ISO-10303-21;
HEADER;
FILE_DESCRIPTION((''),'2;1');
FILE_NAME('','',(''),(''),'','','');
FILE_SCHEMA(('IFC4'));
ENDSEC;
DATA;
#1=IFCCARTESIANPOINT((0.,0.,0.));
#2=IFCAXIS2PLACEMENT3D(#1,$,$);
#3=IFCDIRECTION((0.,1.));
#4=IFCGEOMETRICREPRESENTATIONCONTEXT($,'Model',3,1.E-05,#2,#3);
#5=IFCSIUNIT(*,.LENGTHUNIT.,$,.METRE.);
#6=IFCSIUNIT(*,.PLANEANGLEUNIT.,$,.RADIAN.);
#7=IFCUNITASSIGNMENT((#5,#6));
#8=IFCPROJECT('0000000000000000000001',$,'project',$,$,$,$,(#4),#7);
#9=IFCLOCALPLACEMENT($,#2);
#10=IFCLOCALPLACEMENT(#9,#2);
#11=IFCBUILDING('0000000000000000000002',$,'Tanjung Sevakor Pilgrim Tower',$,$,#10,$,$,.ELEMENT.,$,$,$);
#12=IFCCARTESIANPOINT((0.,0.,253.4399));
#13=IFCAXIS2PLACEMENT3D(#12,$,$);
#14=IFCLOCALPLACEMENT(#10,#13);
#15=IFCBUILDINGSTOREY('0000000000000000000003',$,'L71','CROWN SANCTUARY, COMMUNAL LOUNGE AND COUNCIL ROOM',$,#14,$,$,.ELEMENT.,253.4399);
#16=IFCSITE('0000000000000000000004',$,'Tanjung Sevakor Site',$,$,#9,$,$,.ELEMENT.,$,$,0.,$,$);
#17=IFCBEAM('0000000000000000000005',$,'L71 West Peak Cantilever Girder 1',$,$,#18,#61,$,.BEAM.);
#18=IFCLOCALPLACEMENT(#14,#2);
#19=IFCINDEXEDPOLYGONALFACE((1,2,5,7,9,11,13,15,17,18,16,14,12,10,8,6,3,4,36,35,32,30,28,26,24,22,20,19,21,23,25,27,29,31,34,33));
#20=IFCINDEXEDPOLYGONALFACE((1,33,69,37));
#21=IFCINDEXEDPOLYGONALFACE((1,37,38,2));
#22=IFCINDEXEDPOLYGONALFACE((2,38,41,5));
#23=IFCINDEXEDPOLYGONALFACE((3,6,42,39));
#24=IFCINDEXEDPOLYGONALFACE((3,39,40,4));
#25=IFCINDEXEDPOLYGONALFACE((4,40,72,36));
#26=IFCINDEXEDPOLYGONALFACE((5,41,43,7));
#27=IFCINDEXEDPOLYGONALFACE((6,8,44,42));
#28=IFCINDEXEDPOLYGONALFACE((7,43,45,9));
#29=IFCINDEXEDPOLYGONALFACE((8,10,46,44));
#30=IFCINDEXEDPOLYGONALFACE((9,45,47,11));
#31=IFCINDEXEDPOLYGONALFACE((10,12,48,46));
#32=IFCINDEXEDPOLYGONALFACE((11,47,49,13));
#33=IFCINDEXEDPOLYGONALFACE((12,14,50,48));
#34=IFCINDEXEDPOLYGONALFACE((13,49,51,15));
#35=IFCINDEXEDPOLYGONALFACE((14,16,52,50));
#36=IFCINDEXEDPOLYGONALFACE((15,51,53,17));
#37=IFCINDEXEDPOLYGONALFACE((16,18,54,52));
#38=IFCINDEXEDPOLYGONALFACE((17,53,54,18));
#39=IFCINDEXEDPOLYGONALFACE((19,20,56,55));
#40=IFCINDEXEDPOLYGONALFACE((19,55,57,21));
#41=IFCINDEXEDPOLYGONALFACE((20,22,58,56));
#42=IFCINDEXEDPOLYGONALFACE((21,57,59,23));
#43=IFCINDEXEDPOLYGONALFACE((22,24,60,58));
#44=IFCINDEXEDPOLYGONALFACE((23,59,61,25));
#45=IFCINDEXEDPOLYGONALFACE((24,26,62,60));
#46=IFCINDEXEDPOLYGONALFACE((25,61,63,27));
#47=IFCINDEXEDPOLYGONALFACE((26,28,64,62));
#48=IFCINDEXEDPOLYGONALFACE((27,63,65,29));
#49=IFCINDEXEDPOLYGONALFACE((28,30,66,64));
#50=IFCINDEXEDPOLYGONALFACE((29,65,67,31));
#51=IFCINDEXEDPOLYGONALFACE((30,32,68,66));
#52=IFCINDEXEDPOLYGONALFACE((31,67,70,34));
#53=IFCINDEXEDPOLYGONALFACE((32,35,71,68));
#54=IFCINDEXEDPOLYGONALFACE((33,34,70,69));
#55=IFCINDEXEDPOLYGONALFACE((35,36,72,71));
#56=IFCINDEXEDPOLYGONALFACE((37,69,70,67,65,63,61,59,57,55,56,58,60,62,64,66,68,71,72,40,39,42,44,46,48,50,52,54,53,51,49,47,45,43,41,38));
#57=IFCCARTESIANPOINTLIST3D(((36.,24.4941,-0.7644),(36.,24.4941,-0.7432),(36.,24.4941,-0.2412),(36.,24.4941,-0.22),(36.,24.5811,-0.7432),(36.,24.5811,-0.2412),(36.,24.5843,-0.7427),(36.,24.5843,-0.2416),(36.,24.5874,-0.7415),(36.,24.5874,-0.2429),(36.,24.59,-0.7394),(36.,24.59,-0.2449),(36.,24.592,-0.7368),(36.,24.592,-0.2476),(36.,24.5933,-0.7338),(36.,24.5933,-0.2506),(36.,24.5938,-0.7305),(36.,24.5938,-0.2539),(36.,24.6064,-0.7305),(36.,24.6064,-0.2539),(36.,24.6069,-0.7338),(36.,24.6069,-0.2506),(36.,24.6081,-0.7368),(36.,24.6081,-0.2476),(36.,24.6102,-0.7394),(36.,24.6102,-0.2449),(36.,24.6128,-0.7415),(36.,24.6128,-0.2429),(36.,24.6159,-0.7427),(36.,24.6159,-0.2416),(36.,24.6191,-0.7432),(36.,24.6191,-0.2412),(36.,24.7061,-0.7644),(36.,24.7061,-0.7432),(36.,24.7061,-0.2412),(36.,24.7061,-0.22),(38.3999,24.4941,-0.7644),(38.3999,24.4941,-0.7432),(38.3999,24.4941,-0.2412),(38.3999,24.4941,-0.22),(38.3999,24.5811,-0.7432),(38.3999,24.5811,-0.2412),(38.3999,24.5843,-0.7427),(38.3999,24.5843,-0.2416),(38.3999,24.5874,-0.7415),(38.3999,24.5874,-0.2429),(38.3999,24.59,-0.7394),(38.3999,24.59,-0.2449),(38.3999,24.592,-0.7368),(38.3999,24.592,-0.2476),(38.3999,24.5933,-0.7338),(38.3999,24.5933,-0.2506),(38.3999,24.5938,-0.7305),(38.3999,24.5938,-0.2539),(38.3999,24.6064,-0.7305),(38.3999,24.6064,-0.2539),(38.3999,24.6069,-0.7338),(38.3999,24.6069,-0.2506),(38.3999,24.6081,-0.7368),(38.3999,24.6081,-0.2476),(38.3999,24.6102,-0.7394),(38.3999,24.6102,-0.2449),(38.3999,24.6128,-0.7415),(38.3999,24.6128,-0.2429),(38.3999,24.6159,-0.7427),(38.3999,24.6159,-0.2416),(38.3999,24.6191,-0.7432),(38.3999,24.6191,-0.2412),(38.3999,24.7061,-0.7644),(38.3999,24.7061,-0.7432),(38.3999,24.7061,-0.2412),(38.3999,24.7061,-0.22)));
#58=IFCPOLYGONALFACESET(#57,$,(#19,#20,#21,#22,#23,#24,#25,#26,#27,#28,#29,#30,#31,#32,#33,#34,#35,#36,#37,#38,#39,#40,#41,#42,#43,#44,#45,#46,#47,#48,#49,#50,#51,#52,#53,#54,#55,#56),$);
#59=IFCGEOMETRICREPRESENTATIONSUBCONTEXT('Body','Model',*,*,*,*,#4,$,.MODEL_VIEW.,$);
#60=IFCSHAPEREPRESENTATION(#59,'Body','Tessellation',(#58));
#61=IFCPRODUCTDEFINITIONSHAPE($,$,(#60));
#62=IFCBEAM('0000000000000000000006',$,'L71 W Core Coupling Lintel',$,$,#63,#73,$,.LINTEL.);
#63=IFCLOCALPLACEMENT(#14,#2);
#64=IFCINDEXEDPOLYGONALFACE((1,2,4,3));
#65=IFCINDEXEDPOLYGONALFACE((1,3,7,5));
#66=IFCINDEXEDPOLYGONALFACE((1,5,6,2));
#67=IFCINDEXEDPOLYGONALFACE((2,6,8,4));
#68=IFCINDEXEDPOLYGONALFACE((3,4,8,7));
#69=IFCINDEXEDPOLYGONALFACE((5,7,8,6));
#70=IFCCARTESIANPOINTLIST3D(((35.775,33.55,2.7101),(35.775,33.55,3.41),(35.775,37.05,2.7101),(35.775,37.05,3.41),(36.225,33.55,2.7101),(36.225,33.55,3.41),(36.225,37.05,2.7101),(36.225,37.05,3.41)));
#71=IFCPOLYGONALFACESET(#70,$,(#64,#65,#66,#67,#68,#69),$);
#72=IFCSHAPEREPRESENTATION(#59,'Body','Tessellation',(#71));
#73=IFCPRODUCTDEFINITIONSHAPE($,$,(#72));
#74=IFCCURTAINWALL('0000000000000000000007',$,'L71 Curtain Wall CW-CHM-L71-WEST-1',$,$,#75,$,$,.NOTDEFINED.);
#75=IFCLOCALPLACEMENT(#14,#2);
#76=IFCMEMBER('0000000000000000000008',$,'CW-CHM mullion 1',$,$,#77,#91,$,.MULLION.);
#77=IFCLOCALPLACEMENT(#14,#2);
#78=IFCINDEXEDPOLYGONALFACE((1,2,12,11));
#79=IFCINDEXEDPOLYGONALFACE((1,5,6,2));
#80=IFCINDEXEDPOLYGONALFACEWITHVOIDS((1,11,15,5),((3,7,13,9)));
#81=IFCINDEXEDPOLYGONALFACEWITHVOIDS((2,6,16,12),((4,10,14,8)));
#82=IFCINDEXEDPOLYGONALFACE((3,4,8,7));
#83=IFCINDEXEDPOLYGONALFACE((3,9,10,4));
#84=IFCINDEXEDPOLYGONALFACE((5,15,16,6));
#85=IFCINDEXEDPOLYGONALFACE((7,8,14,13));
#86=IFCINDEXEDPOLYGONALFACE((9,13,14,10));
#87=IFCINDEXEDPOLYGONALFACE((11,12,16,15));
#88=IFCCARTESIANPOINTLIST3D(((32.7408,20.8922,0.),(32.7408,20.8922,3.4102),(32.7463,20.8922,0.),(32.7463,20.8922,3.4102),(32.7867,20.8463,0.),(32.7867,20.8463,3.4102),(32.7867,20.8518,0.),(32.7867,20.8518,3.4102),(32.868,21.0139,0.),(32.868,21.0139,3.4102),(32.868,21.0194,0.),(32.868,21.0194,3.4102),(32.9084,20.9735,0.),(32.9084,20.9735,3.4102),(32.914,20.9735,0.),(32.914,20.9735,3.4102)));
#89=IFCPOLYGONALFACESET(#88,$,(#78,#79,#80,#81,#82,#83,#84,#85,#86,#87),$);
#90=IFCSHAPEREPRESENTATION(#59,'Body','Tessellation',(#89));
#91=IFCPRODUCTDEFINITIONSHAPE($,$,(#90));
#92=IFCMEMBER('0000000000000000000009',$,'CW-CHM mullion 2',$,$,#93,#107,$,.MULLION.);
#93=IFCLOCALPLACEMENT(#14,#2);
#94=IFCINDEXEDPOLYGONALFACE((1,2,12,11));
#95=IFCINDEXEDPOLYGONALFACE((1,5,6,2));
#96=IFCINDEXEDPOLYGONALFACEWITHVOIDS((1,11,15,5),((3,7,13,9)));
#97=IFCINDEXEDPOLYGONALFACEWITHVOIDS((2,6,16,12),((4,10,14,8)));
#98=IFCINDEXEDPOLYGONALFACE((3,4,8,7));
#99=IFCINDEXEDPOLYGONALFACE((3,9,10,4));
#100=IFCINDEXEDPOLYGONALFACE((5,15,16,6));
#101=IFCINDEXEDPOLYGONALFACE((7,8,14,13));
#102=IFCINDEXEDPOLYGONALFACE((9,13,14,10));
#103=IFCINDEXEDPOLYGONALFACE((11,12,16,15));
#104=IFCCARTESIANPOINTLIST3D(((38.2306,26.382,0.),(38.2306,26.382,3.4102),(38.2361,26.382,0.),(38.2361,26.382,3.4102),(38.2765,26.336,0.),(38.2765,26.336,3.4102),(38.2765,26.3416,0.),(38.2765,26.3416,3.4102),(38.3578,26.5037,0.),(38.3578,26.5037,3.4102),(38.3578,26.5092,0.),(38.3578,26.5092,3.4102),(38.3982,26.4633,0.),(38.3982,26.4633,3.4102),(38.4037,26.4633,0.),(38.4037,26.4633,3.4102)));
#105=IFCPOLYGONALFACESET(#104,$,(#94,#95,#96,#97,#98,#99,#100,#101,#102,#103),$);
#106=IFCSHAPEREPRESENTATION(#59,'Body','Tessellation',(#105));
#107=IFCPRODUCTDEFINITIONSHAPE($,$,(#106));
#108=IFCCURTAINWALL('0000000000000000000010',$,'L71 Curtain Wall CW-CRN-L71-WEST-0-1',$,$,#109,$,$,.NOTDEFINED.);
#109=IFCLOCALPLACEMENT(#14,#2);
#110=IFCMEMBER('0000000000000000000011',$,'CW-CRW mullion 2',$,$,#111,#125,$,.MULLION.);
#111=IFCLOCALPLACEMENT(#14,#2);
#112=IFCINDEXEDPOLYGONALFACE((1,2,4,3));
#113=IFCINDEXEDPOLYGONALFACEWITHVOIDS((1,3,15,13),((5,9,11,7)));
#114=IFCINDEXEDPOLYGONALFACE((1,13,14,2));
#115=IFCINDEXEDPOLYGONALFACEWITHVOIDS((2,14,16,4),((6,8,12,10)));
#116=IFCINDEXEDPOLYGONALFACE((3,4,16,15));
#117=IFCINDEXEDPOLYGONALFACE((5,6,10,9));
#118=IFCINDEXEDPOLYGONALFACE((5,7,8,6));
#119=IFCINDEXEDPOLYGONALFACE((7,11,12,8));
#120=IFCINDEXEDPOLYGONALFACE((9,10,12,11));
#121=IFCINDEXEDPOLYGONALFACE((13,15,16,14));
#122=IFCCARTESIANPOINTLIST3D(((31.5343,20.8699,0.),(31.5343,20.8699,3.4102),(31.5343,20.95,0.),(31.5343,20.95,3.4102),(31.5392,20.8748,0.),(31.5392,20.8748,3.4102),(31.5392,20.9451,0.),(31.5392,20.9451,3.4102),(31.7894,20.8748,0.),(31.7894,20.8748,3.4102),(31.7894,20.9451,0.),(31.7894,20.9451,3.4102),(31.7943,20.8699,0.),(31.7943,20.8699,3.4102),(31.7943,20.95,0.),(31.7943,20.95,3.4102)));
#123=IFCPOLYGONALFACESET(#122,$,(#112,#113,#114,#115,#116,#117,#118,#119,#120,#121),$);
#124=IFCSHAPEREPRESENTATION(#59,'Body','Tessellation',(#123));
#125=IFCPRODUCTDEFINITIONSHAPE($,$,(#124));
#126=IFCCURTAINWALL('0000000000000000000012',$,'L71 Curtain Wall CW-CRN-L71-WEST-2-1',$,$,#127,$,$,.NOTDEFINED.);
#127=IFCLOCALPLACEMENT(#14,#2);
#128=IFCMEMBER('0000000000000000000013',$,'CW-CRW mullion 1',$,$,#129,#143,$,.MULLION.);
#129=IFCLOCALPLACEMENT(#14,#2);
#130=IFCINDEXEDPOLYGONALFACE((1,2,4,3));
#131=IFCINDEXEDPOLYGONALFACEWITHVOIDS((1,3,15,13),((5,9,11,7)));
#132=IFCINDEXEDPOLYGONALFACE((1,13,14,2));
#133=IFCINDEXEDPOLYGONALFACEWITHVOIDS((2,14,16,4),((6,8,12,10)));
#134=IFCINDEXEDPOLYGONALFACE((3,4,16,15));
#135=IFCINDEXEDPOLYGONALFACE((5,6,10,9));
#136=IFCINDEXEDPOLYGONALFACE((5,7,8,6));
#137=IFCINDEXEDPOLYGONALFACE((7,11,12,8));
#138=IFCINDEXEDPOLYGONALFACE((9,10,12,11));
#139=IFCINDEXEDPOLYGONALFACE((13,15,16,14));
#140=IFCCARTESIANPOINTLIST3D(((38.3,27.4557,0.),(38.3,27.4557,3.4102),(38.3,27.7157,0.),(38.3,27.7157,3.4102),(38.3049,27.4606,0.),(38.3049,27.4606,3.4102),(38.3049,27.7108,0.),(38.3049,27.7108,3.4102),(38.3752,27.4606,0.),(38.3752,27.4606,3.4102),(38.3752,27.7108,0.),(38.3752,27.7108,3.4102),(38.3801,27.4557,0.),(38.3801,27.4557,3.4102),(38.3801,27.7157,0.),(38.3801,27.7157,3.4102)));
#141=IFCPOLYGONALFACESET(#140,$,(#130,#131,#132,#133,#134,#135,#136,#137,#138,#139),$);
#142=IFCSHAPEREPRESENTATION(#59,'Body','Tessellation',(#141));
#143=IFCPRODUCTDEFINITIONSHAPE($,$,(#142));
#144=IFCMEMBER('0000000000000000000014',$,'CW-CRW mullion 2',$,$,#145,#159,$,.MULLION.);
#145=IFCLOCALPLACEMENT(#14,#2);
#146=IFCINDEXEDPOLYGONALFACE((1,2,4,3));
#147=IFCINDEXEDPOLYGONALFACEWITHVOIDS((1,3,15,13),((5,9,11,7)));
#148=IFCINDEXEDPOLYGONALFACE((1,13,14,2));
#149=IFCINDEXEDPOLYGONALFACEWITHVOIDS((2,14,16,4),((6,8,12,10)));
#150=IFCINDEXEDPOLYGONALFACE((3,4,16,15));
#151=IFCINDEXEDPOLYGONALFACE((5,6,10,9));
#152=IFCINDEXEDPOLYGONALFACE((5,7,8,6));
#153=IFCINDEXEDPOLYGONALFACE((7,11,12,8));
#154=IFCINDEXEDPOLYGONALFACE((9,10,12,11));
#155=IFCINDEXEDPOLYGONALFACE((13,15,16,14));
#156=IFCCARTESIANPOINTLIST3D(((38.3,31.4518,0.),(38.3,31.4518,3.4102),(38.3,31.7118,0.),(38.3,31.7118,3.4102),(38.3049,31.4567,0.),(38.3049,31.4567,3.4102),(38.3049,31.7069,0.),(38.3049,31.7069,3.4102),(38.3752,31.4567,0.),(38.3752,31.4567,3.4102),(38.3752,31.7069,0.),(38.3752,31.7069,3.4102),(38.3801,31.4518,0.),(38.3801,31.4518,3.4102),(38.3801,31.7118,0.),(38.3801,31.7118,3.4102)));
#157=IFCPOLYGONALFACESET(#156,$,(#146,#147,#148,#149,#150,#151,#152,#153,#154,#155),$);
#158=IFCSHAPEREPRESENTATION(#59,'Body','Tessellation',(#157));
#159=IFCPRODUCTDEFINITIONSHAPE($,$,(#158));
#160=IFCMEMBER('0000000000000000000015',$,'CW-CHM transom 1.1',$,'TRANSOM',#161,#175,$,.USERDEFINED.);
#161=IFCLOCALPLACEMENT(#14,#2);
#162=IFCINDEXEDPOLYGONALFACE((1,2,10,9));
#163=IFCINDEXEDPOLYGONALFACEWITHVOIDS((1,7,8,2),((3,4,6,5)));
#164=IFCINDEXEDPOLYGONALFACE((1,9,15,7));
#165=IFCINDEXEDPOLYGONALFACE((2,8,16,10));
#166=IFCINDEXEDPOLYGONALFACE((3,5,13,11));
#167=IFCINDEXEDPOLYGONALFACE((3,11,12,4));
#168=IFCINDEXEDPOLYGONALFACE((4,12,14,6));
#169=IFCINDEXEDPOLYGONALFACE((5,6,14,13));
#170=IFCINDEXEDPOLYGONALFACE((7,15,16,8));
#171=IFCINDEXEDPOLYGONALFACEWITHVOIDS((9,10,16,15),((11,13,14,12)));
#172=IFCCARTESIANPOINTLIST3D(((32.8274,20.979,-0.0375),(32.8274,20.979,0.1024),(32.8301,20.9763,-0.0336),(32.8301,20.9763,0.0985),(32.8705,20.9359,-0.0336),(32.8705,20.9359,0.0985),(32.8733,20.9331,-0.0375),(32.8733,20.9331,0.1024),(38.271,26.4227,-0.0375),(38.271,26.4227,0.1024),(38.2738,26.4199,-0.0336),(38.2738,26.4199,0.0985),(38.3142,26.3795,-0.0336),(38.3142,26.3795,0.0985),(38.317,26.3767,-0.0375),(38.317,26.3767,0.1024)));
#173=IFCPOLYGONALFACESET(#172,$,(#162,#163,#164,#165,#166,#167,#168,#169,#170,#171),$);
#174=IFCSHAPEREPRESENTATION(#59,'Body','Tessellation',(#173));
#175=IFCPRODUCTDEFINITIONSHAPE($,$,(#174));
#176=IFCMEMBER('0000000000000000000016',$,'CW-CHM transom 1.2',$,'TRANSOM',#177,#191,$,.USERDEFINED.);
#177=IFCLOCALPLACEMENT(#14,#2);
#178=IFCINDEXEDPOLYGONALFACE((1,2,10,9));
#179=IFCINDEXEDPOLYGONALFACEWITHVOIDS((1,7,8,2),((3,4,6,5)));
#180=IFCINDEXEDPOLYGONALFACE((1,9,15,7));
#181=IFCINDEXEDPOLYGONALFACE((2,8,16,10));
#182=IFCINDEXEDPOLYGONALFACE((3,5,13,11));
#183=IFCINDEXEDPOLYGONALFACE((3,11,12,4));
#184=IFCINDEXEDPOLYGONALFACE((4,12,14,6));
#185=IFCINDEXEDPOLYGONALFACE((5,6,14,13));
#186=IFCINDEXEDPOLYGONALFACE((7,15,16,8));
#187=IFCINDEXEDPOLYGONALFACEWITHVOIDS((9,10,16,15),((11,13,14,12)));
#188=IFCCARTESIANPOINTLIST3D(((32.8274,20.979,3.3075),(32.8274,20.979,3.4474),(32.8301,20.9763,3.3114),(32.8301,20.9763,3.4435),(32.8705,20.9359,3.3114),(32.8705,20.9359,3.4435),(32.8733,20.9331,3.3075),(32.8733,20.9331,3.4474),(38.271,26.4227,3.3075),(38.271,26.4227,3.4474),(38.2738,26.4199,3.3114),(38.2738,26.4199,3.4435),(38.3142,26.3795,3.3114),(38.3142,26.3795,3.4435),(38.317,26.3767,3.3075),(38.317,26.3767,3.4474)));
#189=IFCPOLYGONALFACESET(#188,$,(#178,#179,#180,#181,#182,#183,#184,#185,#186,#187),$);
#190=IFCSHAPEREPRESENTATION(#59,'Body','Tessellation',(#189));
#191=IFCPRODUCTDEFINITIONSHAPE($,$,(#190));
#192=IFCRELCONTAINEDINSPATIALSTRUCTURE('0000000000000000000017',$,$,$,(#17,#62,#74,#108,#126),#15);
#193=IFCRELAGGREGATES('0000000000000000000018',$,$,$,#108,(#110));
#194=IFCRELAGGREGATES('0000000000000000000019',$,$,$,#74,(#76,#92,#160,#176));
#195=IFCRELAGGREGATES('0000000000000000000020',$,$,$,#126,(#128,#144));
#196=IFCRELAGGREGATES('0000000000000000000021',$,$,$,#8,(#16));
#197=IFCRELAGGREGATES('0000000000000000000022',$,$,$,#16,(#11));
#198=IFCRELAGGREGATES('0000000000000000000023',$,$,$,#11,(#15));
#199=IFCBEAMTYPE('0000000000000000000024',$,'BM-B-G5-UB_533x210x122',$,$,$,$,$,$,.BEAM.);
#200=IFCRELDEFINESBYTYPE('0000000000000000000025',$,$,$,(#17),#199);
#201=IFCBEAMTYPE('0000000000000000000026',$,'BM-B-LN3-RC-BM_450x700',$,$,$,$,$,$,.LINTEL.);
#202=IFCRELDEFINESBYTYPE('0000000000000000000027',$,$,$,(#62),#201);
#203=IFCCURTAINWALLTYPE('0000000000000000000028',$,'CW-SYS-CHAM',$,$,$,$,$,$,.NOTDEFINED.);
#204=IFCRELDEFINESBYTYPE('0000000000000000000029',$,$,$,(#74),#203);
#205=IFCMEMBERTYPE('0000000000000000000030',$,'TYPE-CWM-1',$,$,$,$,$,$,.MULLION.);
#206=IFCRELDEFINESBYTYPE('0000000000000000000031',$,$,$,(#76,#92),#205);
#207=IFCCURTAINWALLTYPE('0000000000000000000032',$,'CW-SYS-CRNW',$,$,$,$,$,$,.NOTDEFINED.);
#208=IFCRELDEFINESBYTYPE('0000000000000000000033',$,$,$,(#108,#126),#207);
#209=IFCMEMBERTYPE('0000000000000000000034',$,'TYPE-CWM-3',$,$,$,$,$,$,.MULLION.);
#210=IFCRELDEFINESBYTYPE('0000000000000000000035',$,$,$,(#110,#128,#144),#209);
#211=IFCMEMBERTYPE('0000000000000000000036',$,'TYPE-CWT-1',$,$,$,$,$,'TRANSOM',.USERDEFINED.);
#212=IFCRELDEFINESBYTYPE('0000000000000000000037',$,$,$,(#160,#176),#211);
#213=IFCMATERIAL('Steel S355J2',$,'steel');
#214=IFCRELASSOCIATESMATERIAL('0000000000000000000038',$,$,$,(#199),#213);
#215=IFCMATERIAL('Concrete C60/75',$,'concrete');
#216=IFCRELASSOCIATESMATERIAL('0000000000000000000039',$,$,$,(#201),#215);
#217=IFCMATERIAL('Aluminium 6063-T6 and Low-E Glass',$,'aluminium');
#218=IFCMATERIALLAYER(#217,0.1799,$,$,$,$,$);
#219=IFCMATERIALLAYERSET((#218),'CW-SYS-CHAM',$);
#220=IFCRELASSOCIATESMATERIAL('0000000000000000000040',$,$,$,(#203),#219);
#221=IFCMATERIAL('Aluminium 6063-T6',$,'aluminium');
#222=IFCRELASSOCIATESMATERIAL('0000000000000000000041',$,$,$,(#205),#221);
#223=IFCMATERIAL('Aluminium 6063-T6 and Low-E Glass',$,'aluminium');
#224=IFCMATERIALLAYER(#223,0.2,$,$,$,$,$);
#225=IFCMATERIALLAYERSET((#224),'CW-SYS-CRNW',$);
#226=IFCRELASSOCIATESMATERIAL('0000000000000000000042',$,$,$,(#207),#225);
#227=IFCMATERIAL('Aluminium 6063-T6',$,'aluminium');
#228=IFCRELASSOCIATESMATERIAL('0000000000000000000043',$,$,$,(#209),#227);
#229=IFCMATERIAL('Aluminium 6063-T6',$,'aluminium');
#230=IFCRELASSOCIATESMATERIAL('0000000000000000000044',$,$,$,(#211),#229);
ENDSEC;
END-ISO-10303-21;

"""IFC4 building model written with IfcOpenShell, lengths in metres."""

from ifc_helpers import new_model, si_unit, direction, frame, origin, origin_2d, place, context, subcontext, project, spatial, rectangle, hollow_rectangle, i_section, extrude, material, layer, layer_set, material_profile, profile_set, type_object, element, aggregate, save


model = new_model("IFC4")

# Units and contexts
model_context = context("Model", 3, precision=1e-05, world=origin(), true_north=direction((0.0, 1.0)))
body_context = subcontext(model_context, "Body", "Model", "MODEL_VIEW")
ifc_project = project(units=[si_unit("LENGTHUNIT", "METRE"), si_unit("PLANEANGLEUNIT", "RADIAN")], contexts=[model_context])

# Site, building, storey
site_placement = place(None, origin())
site = spatial("IfcSite", under=ifc_project, at=site_placement, Name="Tanjung Sevakor Site", CompositionType="ELEMENT", RefElevation=0.0)
building_placement = place(site_placement, origin())
building = spatial("IfcBuilding", under=site, at=building_placement, Name="Tanjung Sevakor Pilgrim Tower", CompositionType="ELEMENT")
storey_placement = place(building_placement, frame((0.0, 0.0, 253.4399)))
storey = spatial("IfcBuildingStorey", under=building, at=storey_placement, Name="L71", Description="CROWN SANCTUARY, COMMUNAL LOUNGE AND COUNCIL ROOM", CompositionType="ELEMENT", Elevation=253.4399)

# Beams
ifc_material_1 = material(Name="Steel S355J2", Category="steel")
ifc_material_profile_1 = material_profile(ifc_material_1, i_section(OverallWidth=0.2119, OverallDepth=0.5444, WebThickness=0.0127, FlangeThickness=0.0212, FilletRadius=0.0127, at=origin_2d()))
ifc_profile_set_1 = profile_set([ifc_material_profile_1], Name="Steel S355J2")
beam_type_1 = type_object("IfcBeamType", Name="BM-B-G5-UB_533x210x122", PredefinedType="BEAM", material=ifc_profile_set_1)
beam_1_placement = place(storey_placement, frame((36.0, 24.6001, -0.4922), z_axis=(1.0, 0.0, 0.0), x_axis=(0.0, 1.0, 0.0)))
element("IfcBeam", 1, at=beam_1_placement, inside=storey, type_object=beam_type_1, Name="L71 West Peak Cantilever Girder 1", PredefinedType="BEAM", context=body_context, shape_type="SweptSolid", body=[
    extrude(i_section(OverallWidth=0.2119, OverallDepth=0.5444, WebThickness=0.0127, FlangeThickness=0.0212, FilletRadius=0.0127, at=origin_2d()), origin(), (0.0, 0.0, 1.0), 2.3999),
])
ifc_material_2 = material(Name="Concrete C60/75", Category="concrete")
ifc_material_profile_2 = material_profile(ifc_material_2, rectangle(XDim=0.45, YDim=0.7, at=origin_2d()))
ifc_profile_set_2 = profile_set([ifc_material_profile_2], Name="Concrete C60/75")
beam_type_2 = type_object("IfcBeamType", Name="BM-B-LN3-RC-BM_450x700", PredefinedType="LINTEL", material=ifc_profile_set_2)
beam_2_placement = place(storey_placement, frame((36.0, 33.55, 3.0601), z_axis=(0.0, 1.0, 0.0), x_axis=(-1.0, 0.0, 0.0)))
element("IfcBeam", 2, at=beam_2_placement, inside=storey, type_object=beam_type_2, Name="L71 W Core Coupling Lintel", PredefinedType="LINTEL", context=body_context, shape_type="SweptSolid", body=[
    extrude(rectangle(XDim=0.45, YDim=0.7, at=origin_2d()), origin(), (0.0, 0.0, 1.0), 3.5),
])

# Curtain wall, members
ifc_material_3 = material(Name="Aluminium 6063-T6 and Low-E Glass", Category="aluminium")
ifc_layer_1 = layer(ifc_material_3, 0.1799)
ifc_layer_set_1 = layer_set([ifc_layer_1], Name="CW-SYS-CHAM")
curtain_wall_type_1 = type_object("IfcCurtainWallType", Name="CW-SYS-CHAM", PredefinedType="NOTDEFINED", material=ifc_layer_set_1)
curtain_wall_1_placement = place(storey_placement, origin())
curtain_wall_1 = element("IfcCurtainWall", 3, at=curtain_wall_1_placement, inside=storey, type_object=curtain_wall_type_1, Name="L71 Curtain Wall CW-CHM-L71-WEST-1", PredefinedType="NOTDEFINED")
ifc_material_4 = material(Name="Aluminium 6063-T6", Category="aluminium")
ifc_material_profile_3 = material_profile(ifc_material_4, hollow_rectangle(XDim=0.0649, YDim=0.1799, WallThickness=0.0039, at=origin_2d()))
ifc_profile_set_3 = profile_set([ifc_material_profile_3], Name="Aluminium 6063-T6")
member_type_1 = type_object("IfcMemberType", Name="TYPE-CWM-1", PredefinedType="MULLION", material=ifc_profile_set_3)
member_1_placement = place(storey_placement, frame((32.8274, 20.9329, 0.0), z_axis=(0.0, 0.0, 1.0), x_axis=(-0.707107, 0.707107, 0.0)))
member_1 = element("IfcMember", 4, at=member_1_placement, type_object=member_type_1, Name="CW-CHM mullion 1", PredefinedType="MULLION", context=body_context, shape_type="SweptSolid", body=[
    extrude(hollow_rectangle(XDim=0.0649, YDim=0.1799, WallThickness=0.0039, at=origin_2d()), origin(), (0.0, 0.0, 1.0), 3.4102),
])
member_2_placement = place(storey_placement, frame((38.3171, 26.4226, 0.0), z_axis=(0.0, 0.0, 1.0), x_axis=(-0.707107, 0.707107, 0.0)))
member_2 = element("IfcMember", 5, at=member_2_placement, type_object=member_type_1, Name="CW-CHM mullion 2", PredefinedType="MULLION", context=body_context, shape_type="SweptSolid", body=[
    extrude(hollow_rectangle(XDim=0.0649, YDim=0.1799, WallThickness=0.0039, at=origin_2d()), origin(), (0.0, 0.0, 1.0), 3.4102),
])

# Curtain wall, member
ifc_material_5 = material(Name="Aluminium 6063-T6 and Low-E Glass", Category="aluminium")
ifc_layer_2 = layer(ifc_material_5, 0.2)
ifc_layer_set_2 = layer_set([ifc_layer_2], Name="CW-SYS-CRNW")
curtain_wall_type_2 = type_object("IfcCurtainWallType", Name="CW-SYS-CRNW", PredefinedType="NOTDEFINED", material=ifc_layer_set_2)
curtain_wall_2_placement = place(storey_placement, origin())
curtain_wall_2 = element("IfcCurtainWall", 6, at=curtain_wall_2_placement, inside=storey, type_object=curtain_wall_type_2, Name="L71 Curtain Wall CW-CRN-L71-WEST-0-1", PredefinedType="NOTDEFINED")
ifc_material_6 = material(Name="Aluminium 6063-T6", Category="aluminium")
ifc_material_profile_4 = material_profile(ifc_material_6, hollow_rectangle(XDim=0.0801, YDim=0.26, WallThickness=0.0049, at=origin_2d()))
ifc_profile_set_4 = profile_set([ifc_material_profile_4], Name="Aluminium 6063-T6")
member_type_2 = type_object("IfcMemberType", Name="TYPE-CWM-3", PredefinedType="MULLION", material=ifc_profile_set_4)
member_3_placement = place(storey_placement, frame((31.6643, 20.9099, 0.0), z_axis=(0.0, 0.0, 1.0), x_axis=(0.0, 1.0, 0.0)))
member_3 = element("IfcMember", 7, at=member_3_placement, type_object=member_type_2, Name="CW-CRW mullion 2", PredefinedType="MULLION", context=body_context, shape_type="SweptSolid", body=[
    extrude(hollow_rectangle(XDim=0.0801, YDim=0.26, WallThickness=0.0049, at=origin_2d()), origin(), (0.0, 0.0, 1.0), 3.4102),
])
aggregate(curtain_wall_2, [member_3])

# Curtain wall, members
curtain_wall_3_placement = place(storey_placement, origin())
curtain_wall_3 = element("IfcCurtainWall", 8, at=curtain_wall_3_placement, inside=storey, type_object=curtain_wall_type_2, Name="L71 Curtain Wall CW-CRN-L71-WEST-2-1", PredefinedType="NOTDEFINED")
member_4_placement = place(storey_placement, frame((38.3401, 27.5857, 0.0), z_axis=(0.0, 0.0, 1.0), x_axis=(-1.0, 0.0, 0.0)))
member_4 = element("IfcMember", 9, at=member_4_placement, type_object=member_type_2, Name="CW-CRW mullion 1", PredefinedType="MULLION", context=body_context, shape_type="SweptSolid", body=[
    extrude(hollow_rectangle(XDim=0.0801, YDim=0.26, WallThickness=0.0049, at=origin_2d()), origin(), (0.0, 0.0, 1.0), 3.4102),
])
member_5_placement = place(storey_placement, frame((38.3401, 31.5818, 0.0), z_axis=(0.0, 0.0, 1.0), x_axis=(-1.0, 0.0, 0.0)))
member_5 = element("IfcMember", 10, at=member_5_placement, type_object=member_type_2, Name="CW-CRW mullion 2", PredefinedType="MULLION", context=body_context, shape_type="SweptSolid", body=[
    extrude(hollow_rectangle(XDim=0.0801, YDim=0.26, WallThickness=0.0049, at=origin_2d()), origin(), (0.0, 0.0, 1.0), 3.4102),
])

# Members
ifc_material_7 = material(Name="Aluminium 6063-T6", Category="aluminium")
ifc_material_profile_5 = material_profile(ifc_material_7, hollow_rectangle(XDim=0.0649, YDim=0.1399, WallThickness=0.0039, at=origin_2d()))
ifc_profile_set_5 = profile_set([ifc_material_profile_5], Name="Aluminium 6063-T6")
member_type_3 = type_object("IfcMemberType", Name="TYPE-CWT-1", ElementType="TRANSOM", PredefinedType="USERDEFINED", material=ifc_profile_set_5)
member_6_placement = place(storey_placement, frame((32.8503, 20.9561, 0.0325), z_axis=(0.707107, 0.707107, 0.0), x_axis=(-0.707107, 0.707107, 0.0)))
member_6 = element("IfcMember", 11, at=member_6_placement, type_object=member_type_3, Name="CW-CHM transom 1.1", ObjectType="TRANSOM", PredefinedType="USERDEFINED", context=body_context, shape_type="SweptSolid", body=[
    extrude(hollow_rectangle(XDim=0.0649, YDim=0.1399, WallThickness=0.0039, at=origin_2d()), origin(), (0.0, 0.0, 1.0), 7.6985),
])
member_7_placement = place(storey_placement, frame((32.8503, 20.9561, 3.3774), z_axis=(0.707107, 0.707107, 0.0), x_axis=(-0.707107, 0.707107, 0.0)))
member_7 = element("IfcMember", 12, at=member_7_placement, type_object=member_type_3, Name="CW-CHM transom 1.2", ObjectType="TRANSOM", PredefinedType="USERDEFINED", context=body_context, shape_type="SweptSolid", body=[
    extrude(hollow_rectangle(XDim=0.0649, YDim=0.1399, WallThickness=0.0039, at=origin_2d()), origin(), (0.0, 0.0, 1.0), 7.6985),
])

aggregate(curtain_wall_1, [member_1, member_2, member_6, member_7])
aggregate(curtain_wall_3, [member_4, member_5])

save(model, "model.ifc")
